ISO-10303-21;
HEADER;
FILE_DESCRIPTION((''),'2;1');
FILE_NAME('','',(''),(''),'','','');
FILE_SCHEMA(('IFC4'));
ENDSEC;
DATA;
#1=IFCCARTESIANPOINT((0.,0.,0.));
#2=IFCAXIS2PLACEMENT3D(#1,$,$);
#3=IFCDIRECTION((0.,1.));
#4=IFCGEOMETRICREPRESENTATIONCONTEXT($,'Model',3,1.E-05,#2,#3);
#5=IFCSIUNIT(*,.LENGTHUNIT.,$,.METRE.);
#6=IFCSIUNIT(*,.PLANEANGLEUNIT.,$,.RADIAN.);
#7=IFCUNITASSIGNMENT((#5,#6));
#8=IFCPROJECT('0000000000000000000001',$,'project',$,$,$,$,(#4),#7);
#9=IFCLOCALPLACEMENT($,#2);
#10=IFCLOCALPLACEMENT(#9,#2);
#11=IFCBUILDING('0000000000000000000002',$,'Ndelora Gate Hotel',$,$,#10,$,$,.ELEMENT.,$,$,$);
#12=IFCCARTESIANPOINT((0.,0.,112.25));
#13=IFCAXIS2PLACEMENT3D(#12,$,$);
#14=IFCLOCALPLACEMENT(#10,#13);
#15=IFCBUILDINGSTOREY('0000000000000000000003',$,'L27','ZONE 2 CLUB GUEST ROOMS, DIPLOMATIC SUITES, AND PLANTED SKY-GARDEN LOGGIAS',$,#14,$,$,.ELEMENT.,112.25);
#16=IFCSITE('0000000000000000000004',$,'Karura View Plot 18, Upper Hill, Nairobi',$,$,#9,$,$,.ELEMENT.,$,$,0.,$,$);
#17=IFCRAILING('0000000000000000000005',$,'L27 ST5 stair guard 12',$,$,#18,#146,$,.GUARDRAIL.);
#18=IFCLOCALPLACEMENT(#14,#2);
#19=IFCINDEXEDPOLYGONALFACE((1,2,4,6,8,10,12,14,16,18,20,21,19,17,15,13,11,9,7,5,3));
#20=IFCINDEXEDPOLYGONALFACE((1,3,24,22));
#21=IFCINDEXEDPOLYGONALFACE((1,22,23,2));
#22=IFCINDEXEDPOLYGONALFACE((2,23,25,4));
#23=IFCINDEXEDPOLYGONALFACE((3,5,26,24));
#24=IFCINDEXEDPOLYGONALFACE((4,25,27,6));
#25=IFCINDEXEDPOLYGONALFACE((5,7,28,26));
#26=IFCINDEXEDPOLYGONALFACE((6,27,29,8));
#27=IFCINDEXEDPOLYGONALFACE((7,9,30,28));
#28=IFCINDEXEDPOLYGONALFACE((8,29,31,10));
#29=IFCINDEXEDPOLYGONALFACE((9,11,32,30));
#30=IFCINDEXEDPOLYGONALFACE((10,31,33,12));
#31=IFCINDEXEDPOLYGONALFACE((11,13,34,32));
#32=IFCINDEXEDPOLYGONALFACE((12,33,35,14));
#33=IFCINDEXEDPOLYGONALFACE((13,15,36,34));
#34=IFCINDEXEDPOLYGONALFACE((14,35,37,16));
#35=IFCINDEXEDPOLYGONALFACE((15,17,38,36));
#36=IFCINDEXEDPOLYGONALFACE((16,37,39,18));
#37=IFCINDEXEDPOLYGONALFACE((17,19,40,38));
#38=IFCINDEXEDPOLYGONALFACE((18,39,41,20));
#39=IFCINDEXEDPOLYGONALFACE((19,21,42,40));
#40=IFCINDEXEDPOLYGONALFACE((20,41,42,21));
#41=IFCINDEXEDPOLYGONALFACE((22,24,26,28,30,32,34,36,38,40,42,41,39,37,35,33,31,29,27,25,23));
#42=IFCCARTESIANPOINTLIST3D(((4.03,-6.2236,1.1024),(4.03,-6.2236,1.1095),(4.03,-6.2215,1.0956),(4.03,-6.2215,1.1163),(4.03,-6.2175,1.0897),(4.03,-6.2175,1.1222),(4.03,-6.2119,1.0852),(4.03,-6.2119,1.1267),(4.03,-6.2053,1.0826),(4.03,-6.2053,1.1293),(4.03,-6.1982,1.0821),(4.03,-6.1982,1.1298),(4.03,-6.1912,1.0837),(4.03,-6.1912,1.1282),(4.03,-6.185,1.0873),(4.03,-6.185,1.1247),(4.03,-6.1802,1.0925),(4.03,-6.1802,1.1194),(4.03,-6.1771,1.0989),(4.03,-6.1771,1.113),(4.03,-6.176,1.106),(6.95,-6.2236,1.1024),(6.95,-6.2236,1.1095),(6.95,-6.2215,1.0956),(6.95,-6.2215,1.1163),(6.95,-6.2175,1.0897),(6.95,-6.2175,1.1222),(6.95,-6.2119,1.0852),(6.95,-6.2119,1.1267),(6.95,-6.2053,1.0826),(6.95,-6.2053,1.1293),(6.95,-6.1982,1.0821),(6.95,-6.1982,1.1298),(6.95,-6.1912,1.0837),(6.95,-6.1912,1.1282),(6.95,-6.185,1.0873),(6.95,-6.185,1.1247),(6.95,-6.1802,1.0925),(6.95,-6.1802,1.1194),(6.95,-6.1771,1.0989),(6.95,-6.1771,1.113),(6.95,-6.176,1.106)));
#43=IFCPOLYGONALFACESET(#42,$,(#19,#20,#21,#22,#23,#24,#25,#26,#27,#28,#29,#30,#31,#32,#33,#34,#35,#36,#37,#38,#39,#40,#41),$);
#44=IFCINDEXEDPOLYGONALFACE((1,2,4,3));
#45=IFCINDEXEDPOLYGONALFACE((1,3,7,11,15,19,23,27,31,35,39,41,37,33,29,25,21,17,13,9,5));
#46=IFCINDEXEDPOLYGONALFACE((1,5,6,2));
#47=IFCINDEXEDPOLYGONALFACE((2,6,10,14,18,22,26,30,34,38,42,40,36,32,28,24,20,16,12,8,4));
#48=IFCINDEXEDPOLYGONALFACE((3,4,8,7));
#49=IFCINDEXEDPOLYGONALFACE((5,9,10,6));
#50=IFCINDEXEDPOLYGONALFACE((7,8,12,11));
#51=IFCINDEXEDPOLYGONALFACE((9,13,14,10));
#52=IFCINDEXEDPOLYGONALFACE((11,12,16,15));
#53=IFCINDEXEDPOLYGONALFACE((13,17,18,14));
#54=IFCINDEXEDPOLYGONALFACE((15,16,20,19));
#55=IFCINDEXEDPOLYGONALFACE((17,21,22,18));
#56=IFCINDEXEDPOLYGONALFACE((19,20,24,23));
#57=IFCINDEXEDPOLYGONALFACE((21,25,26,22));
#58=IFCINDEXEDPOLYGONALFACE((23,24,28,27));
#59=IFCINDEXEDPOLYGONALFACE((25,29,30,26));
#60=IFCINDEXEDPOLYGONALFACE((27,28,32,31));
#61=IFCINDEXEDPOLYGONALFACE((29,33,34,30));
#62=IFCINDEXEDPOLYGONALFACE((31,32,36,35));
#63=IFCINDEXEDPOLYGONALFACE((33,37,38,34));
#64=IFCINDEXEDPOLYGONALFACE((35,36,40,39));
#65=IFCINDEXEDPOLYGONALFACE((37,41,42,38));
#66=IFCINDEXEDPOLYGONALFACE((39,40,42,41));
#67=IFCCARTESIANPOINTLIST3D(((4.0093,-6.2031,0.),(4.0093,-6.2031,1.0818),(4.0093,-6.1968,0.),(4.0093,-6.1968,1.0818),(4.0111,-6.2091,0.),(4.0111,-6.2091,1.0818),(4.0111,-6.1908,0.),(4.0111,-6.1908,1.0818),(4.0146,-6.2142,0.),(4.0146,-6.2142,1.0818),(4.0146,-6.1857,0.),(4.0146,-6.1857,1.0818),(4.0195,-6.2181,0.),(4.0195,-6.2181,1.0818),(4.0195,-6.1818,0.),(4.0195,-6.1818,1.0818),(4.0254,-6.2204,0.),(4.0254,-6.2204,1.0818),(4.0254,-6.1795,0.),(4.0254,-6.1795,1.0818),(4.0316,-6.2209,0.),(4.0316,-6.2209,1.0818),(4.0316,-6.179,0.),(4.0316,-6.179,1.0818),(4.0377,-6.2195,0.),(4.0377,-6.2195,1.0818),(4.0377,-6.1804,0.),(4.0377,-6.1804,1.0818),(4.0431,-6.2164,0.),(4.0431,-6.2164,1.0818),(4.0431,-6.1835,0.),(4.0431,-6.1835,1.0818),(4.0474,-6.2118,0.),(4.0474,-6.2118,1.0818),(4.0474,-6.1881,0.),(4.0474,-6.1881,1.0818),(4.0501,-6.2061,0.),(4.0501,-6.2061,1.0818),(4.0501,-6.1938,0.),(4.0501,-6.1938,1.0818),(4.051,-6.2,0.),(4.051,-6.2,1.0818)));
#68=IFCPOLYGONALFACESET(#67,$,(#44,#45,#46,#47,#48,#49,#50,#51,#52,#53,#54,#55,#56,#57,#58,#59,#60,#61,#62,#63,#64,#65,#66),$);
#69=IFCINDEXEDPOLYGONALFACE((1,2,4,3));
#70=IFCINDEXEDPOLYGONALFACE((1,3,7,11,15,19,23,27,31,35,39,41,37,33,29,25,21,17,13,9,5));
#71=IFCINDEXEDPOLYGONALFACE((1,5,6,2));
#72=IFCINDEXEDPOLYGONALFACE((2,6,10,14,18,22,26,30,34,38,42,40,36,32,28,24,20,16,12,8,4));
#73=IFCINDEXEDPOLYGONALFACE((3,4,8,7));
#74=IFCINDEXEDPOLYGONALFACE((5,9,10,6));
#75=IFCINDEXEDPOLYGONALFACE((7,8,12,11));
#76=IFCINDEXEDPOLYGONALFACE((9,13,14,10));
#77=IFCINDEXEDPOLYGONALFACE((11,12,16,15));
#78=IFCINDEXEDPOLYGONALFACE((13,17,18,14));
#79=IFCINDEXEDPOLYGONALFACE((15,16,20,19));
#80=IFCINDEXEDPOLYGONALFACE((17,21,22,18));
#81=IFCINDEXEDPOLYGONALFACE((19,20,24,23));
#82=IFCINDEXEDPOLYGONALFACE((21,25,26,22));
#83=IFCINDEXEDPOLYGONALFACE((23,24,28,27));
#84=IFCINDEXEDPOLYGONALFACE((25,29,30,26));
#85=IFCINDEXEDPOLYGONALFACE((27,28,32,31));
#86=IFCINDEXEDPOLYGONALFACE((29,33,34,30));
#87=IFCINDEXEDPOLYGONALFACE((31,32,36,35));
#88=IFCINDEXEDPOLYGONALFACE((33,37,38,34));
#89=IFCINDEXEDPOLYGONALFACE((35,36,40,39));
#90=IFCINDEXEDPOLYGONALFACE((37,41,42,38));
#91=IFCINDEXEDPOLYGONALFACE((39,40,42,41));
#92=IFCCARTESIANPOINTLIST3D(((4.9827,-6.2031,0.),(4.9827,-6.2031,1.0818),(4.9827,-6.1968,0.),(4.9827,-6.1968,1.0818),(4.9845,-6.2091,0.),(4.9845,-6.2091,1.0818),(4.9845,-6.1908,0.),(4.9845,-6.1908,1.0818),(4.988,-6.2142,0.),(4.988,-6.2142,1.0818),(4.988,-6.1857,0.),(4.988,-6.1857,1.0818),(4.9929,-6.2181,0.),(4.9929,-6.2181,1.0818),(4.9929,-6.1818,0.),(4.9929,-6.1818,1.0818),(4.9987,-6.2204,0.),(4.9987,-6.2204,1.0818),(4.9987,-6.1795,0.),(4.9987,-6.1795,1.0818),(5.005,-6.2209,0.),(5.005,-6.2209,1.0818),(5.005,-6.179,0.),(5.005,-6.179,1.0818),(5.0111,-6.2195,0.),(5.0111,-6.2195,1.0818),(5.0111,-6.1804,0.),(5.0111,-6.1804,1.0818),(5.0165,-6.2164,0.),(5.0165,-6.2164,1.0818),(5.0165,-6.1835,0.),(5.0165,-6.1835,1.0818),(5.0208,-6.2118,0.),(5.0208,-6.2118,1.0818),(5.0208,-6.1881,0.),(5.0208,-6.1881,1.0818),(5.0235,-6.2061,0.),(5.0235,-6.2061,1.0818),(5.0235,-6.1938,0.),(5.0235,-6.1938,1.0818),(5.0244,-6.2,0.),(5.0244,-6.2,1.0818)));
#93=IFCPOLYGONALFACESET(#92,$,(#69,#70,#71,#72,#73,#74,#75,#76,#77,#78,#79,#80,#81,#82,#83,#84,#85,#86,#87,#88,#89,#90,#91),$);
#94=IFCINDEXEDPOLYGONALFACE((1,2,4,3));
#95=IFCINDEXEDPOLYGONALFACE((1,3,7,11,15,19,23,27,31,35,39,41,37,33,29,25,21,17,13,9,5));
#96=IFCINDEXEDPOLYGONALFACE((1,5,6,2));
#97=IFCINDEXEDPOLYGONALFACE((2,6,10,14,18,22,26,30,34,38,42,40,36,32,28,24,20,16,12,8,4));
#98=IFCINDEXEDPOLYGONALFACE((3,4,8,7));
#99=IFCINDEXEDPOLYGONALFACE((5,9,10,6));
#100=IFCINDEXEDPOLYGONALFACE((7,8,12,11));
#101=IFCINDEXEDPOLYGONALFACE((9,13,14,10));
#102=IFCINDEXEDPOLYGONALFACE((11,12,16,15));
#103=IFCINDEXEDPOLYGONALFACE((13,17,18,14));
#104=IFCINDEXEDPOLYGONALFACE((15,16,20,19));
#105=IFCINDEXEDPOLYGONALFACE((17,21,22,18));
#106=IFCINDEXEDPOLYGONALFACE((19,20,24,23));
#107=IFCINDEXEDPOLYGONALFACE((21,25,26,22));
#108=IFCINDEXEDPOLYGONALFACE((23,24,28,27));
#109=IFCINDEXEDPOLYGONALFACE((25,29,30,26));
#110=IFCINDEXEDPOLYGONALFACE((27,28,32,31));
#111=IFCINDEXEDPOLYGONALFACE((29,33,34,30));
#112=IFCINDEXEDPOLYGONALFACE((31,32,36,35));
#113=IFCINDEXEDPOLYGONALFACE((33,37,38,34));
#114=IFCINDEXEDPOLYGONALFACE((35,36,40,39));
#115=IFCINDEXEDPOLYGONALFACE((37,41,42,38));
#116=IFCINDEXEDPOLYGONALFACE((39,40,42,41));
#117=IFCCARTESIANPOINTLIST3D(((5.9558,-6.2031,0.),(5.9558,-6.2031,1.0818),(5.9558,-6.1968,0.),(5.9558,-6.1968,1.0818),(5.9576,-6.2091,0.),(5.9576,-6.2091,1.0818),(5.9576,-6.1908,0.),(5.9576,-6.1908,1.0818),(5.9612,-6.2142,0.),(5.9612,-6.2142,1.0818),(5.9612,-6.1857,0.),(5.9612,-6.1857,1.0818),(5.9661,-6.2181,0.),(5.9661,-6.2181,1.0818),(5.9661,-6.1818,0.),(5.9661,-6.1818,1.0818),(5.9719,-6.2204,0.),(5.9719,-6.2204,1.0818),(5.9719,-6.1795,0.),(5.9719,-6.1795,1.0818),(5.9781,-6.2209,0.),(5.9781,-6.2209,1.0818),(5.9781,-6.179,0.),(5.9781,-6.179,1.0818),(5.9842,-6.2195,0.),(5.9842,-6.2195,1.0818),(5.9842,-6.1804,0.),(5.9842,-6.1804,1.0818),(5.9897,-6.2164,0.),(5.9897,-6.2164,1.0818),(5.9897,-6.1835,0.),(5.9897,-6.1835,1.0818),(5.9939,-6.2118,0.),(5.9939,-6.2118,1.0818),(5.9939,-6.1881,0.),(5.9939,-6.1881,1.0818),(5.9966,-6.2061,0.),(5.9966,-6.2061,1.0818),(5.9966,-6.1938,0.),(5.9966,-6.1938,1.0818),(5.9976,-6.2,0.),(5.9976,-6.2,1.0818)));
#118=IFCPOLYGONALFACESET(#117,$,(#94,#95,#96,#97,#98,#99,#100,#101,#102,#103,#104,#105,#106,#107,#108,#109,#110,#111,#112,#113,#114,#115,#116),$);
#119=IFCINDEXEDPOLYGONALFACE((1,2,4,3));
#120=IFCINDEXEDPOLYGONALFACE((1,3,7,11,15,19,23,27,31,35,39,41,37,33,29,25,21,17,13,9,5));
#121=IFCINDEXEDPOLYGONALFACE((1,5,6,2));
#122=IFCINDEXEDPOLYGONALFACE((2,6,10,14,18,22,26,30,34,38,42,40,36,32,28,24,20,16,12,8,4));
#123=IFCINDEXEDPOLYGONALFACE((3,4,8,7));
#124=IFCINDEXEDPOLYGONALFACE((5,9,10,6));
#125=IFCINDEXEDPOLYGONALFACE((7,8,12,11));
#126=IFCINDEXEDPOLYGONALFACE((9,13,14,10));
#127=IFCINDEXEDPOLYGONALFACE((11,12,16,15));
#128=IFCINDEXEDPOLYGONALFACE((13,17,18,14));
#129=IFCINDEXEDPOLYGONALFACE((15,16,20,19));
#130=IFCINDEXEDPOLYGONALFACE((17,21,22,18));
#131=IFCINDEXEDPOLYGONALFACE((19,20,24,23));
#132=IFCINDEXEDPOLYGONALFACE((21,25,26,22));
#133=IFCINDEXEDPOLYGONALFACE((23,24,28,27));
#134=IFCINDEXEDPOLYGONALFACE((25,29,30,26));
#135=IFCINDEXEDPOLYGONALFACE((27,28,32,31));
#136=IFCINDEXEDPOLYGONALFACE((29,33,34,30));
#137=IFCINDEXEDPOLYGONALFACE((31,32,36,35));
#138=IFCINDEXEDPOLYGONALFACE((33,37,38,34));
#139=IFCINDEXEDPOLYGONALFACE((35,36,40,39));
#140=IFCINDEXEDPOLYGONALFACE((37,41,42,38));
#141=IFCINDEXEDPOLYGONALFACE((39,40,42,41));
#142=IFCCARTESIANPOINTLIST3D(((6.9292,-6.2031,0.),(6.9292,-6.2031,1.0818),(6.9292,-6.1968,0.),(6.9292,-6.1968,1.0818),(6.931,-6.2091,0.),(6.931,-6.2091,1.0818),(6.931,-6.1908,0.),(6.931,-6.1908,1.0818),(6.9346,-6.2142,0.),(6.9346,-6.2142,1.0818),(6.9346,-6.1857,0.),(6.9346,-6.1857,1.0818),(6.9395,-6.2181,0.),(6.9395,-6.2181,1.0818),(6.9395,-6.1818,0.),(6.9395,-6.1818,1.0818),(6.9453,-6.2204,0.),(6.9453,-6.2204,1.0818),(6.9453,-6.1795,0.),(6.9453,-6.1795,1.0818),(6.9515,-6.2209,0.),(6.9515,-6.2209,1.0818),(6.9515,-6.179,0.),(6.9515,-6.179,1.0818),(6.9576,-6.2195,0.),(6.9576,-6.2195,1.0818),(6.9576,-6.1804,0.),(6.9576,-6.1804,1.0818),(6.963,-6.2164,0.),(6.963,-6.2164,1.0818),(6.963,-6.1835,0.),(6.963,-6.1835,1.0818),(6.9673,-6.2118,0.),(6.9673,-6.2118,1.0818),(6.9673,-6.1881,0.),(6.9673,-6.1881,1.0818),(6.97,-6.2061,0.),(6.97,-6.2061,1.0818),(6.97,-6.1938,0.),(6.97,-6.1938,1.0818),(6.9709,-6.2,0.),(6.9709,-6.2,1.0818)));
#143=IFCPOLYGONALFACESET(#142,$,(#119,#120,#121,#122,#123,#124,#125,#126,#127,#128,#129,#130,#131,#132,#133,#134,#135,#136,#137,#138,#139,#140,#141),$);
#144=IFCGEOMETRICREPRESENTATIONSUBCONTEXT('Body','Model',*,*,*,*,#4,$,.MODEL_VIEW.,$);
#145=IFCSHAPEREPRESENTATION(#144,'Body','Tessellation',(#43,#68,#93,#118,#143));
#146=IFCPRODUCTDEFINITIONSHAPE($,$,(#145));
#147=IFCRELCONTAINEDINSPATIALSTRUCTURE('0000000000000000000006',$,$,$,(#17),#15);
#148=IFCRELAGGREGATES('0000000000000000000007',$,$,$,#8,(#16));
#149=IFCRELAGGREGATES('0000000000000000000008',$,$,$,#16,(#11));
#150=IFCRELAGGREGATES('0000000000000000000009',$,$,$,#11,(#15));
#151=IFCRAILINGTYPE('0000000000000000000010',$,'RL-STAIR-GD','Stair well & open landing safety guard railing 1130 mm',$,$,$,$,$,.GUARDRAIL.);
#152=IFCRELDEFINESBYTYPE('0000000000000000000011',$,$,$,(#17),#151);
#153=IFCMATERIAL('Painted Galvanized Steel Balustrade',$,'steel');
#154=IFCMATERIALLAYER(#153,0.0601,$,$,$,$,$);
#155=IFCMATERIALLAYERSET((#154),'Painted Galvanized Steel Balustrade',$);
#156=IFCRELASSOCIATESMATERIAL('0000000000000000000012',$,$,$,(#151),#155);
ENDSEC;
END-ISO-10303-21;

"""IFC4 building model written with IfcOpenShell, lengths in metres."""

from ifc_helpers import new_model, si_unit, direction, frame, origin, origin_2d, place, context, subcontext, project, spatial, circle, extrude, material, layer, layer_set, type_object, element, save


model = new_model("IFC4")

# Units and contexts
model_context = context("Model", 3, precision=1e-05, world=origin(), true_north=direction((0.0, 1.0)))
body_context = subcontext(model_context, "Body", "Model", "MODEL_VIEW")
ifc_project = project(units=[si_unit("LENGTHUNIT", "METRE"), si_unit("PLANEANGLEUNIT", "RADIAN")], contexts=[model_context])

# Site, building, storey
site_placement = place(None, origin())
site = spatial("IfcSite", under=ifc_project, at=site_placement, Name="Karura View Plot 18, Upper Hill, Nairobi", CompositionType="ELEMENT", RefElevation=0.0)
building_placement = place(site_placement, origin())
building = spatial("IfcBuilding", under=site, at=building_placement, Name="Ndelora Gate Hotel", CompositionType="ELEMENT")
storey_placement = place(building_placement, frame((0.0, 0.0, 112.25)))
storey = spatial("IfcBuildingStorey", under=building, at=storey_placement, Name="L27", Description="ZONE 2 CLUB GUEST ROOMS, DIPLOMATIC SUITES, AND PLANTED SKY-GARDEN LOGGIAS", CompositionType="ELEMENT", Elevation=112.25)

# Railing
ifc_material_1 = material(Name="Painted Galvanized Steel Balustrade", Category="steel")
ifc_layer_1 = layer(ifc_material_1, 0.0601)
ifc_layer_set_1 = layer_set([ifc_layer_1], Name="Painted Galvanized Steel Balustrade")
railing_type_1 = type_object("IfcRailingType", Name="RL-STAIR-GD", Description="Stair well & open landing safety guard railing 1130 mm", PredefinedType="GUARDRAIL", material=ifc_layer_set_1)
railing_1_placement = place(storey_placement, frame((4.03, -6.2, 0.0)))
element("IfcRailing", 1, at=railing_1_placement, inside=storey, type_object=railing_type_1, Name="L27 ST5 stair guard 12", PredefinedType="GUARDRAIL", context=body_context, shape_type="SweptSolid", body=[
    extrude(circle(Radius=0.0239, at=origin_2d()), frame((0.0, 0.0, 1.106), z_axis=(1.0, 0.0, 0.0), x_axis=(0.0, 1.0, 0.0)), (0.0, 0.0, 1.0), 2.9199),
    extrude(circle(Radius=0.021, at=origin_2d()), origin(), (0.0, 0.0, 1.0), 1.0818),
    extrude(circle(Radius=0.021, at=origin_2d()), frame((0.9734, 0.0, 0.0)), (0.0, 0.0, 1.0), 1.0818),
    extrude(circle(Radius=0.021, at=origin_2d()), frame((1.9465, 0.0, 0.0)), (0.0, 0.0, 1.0), 1.0818),
    extrude(circle(Radius=0.021, at=origin_2d()), frame((2.9199, 0.0, 0.0)), (0.0, 0.0, 1.0), 1.0818),
])

save(model, "model.ifc")
